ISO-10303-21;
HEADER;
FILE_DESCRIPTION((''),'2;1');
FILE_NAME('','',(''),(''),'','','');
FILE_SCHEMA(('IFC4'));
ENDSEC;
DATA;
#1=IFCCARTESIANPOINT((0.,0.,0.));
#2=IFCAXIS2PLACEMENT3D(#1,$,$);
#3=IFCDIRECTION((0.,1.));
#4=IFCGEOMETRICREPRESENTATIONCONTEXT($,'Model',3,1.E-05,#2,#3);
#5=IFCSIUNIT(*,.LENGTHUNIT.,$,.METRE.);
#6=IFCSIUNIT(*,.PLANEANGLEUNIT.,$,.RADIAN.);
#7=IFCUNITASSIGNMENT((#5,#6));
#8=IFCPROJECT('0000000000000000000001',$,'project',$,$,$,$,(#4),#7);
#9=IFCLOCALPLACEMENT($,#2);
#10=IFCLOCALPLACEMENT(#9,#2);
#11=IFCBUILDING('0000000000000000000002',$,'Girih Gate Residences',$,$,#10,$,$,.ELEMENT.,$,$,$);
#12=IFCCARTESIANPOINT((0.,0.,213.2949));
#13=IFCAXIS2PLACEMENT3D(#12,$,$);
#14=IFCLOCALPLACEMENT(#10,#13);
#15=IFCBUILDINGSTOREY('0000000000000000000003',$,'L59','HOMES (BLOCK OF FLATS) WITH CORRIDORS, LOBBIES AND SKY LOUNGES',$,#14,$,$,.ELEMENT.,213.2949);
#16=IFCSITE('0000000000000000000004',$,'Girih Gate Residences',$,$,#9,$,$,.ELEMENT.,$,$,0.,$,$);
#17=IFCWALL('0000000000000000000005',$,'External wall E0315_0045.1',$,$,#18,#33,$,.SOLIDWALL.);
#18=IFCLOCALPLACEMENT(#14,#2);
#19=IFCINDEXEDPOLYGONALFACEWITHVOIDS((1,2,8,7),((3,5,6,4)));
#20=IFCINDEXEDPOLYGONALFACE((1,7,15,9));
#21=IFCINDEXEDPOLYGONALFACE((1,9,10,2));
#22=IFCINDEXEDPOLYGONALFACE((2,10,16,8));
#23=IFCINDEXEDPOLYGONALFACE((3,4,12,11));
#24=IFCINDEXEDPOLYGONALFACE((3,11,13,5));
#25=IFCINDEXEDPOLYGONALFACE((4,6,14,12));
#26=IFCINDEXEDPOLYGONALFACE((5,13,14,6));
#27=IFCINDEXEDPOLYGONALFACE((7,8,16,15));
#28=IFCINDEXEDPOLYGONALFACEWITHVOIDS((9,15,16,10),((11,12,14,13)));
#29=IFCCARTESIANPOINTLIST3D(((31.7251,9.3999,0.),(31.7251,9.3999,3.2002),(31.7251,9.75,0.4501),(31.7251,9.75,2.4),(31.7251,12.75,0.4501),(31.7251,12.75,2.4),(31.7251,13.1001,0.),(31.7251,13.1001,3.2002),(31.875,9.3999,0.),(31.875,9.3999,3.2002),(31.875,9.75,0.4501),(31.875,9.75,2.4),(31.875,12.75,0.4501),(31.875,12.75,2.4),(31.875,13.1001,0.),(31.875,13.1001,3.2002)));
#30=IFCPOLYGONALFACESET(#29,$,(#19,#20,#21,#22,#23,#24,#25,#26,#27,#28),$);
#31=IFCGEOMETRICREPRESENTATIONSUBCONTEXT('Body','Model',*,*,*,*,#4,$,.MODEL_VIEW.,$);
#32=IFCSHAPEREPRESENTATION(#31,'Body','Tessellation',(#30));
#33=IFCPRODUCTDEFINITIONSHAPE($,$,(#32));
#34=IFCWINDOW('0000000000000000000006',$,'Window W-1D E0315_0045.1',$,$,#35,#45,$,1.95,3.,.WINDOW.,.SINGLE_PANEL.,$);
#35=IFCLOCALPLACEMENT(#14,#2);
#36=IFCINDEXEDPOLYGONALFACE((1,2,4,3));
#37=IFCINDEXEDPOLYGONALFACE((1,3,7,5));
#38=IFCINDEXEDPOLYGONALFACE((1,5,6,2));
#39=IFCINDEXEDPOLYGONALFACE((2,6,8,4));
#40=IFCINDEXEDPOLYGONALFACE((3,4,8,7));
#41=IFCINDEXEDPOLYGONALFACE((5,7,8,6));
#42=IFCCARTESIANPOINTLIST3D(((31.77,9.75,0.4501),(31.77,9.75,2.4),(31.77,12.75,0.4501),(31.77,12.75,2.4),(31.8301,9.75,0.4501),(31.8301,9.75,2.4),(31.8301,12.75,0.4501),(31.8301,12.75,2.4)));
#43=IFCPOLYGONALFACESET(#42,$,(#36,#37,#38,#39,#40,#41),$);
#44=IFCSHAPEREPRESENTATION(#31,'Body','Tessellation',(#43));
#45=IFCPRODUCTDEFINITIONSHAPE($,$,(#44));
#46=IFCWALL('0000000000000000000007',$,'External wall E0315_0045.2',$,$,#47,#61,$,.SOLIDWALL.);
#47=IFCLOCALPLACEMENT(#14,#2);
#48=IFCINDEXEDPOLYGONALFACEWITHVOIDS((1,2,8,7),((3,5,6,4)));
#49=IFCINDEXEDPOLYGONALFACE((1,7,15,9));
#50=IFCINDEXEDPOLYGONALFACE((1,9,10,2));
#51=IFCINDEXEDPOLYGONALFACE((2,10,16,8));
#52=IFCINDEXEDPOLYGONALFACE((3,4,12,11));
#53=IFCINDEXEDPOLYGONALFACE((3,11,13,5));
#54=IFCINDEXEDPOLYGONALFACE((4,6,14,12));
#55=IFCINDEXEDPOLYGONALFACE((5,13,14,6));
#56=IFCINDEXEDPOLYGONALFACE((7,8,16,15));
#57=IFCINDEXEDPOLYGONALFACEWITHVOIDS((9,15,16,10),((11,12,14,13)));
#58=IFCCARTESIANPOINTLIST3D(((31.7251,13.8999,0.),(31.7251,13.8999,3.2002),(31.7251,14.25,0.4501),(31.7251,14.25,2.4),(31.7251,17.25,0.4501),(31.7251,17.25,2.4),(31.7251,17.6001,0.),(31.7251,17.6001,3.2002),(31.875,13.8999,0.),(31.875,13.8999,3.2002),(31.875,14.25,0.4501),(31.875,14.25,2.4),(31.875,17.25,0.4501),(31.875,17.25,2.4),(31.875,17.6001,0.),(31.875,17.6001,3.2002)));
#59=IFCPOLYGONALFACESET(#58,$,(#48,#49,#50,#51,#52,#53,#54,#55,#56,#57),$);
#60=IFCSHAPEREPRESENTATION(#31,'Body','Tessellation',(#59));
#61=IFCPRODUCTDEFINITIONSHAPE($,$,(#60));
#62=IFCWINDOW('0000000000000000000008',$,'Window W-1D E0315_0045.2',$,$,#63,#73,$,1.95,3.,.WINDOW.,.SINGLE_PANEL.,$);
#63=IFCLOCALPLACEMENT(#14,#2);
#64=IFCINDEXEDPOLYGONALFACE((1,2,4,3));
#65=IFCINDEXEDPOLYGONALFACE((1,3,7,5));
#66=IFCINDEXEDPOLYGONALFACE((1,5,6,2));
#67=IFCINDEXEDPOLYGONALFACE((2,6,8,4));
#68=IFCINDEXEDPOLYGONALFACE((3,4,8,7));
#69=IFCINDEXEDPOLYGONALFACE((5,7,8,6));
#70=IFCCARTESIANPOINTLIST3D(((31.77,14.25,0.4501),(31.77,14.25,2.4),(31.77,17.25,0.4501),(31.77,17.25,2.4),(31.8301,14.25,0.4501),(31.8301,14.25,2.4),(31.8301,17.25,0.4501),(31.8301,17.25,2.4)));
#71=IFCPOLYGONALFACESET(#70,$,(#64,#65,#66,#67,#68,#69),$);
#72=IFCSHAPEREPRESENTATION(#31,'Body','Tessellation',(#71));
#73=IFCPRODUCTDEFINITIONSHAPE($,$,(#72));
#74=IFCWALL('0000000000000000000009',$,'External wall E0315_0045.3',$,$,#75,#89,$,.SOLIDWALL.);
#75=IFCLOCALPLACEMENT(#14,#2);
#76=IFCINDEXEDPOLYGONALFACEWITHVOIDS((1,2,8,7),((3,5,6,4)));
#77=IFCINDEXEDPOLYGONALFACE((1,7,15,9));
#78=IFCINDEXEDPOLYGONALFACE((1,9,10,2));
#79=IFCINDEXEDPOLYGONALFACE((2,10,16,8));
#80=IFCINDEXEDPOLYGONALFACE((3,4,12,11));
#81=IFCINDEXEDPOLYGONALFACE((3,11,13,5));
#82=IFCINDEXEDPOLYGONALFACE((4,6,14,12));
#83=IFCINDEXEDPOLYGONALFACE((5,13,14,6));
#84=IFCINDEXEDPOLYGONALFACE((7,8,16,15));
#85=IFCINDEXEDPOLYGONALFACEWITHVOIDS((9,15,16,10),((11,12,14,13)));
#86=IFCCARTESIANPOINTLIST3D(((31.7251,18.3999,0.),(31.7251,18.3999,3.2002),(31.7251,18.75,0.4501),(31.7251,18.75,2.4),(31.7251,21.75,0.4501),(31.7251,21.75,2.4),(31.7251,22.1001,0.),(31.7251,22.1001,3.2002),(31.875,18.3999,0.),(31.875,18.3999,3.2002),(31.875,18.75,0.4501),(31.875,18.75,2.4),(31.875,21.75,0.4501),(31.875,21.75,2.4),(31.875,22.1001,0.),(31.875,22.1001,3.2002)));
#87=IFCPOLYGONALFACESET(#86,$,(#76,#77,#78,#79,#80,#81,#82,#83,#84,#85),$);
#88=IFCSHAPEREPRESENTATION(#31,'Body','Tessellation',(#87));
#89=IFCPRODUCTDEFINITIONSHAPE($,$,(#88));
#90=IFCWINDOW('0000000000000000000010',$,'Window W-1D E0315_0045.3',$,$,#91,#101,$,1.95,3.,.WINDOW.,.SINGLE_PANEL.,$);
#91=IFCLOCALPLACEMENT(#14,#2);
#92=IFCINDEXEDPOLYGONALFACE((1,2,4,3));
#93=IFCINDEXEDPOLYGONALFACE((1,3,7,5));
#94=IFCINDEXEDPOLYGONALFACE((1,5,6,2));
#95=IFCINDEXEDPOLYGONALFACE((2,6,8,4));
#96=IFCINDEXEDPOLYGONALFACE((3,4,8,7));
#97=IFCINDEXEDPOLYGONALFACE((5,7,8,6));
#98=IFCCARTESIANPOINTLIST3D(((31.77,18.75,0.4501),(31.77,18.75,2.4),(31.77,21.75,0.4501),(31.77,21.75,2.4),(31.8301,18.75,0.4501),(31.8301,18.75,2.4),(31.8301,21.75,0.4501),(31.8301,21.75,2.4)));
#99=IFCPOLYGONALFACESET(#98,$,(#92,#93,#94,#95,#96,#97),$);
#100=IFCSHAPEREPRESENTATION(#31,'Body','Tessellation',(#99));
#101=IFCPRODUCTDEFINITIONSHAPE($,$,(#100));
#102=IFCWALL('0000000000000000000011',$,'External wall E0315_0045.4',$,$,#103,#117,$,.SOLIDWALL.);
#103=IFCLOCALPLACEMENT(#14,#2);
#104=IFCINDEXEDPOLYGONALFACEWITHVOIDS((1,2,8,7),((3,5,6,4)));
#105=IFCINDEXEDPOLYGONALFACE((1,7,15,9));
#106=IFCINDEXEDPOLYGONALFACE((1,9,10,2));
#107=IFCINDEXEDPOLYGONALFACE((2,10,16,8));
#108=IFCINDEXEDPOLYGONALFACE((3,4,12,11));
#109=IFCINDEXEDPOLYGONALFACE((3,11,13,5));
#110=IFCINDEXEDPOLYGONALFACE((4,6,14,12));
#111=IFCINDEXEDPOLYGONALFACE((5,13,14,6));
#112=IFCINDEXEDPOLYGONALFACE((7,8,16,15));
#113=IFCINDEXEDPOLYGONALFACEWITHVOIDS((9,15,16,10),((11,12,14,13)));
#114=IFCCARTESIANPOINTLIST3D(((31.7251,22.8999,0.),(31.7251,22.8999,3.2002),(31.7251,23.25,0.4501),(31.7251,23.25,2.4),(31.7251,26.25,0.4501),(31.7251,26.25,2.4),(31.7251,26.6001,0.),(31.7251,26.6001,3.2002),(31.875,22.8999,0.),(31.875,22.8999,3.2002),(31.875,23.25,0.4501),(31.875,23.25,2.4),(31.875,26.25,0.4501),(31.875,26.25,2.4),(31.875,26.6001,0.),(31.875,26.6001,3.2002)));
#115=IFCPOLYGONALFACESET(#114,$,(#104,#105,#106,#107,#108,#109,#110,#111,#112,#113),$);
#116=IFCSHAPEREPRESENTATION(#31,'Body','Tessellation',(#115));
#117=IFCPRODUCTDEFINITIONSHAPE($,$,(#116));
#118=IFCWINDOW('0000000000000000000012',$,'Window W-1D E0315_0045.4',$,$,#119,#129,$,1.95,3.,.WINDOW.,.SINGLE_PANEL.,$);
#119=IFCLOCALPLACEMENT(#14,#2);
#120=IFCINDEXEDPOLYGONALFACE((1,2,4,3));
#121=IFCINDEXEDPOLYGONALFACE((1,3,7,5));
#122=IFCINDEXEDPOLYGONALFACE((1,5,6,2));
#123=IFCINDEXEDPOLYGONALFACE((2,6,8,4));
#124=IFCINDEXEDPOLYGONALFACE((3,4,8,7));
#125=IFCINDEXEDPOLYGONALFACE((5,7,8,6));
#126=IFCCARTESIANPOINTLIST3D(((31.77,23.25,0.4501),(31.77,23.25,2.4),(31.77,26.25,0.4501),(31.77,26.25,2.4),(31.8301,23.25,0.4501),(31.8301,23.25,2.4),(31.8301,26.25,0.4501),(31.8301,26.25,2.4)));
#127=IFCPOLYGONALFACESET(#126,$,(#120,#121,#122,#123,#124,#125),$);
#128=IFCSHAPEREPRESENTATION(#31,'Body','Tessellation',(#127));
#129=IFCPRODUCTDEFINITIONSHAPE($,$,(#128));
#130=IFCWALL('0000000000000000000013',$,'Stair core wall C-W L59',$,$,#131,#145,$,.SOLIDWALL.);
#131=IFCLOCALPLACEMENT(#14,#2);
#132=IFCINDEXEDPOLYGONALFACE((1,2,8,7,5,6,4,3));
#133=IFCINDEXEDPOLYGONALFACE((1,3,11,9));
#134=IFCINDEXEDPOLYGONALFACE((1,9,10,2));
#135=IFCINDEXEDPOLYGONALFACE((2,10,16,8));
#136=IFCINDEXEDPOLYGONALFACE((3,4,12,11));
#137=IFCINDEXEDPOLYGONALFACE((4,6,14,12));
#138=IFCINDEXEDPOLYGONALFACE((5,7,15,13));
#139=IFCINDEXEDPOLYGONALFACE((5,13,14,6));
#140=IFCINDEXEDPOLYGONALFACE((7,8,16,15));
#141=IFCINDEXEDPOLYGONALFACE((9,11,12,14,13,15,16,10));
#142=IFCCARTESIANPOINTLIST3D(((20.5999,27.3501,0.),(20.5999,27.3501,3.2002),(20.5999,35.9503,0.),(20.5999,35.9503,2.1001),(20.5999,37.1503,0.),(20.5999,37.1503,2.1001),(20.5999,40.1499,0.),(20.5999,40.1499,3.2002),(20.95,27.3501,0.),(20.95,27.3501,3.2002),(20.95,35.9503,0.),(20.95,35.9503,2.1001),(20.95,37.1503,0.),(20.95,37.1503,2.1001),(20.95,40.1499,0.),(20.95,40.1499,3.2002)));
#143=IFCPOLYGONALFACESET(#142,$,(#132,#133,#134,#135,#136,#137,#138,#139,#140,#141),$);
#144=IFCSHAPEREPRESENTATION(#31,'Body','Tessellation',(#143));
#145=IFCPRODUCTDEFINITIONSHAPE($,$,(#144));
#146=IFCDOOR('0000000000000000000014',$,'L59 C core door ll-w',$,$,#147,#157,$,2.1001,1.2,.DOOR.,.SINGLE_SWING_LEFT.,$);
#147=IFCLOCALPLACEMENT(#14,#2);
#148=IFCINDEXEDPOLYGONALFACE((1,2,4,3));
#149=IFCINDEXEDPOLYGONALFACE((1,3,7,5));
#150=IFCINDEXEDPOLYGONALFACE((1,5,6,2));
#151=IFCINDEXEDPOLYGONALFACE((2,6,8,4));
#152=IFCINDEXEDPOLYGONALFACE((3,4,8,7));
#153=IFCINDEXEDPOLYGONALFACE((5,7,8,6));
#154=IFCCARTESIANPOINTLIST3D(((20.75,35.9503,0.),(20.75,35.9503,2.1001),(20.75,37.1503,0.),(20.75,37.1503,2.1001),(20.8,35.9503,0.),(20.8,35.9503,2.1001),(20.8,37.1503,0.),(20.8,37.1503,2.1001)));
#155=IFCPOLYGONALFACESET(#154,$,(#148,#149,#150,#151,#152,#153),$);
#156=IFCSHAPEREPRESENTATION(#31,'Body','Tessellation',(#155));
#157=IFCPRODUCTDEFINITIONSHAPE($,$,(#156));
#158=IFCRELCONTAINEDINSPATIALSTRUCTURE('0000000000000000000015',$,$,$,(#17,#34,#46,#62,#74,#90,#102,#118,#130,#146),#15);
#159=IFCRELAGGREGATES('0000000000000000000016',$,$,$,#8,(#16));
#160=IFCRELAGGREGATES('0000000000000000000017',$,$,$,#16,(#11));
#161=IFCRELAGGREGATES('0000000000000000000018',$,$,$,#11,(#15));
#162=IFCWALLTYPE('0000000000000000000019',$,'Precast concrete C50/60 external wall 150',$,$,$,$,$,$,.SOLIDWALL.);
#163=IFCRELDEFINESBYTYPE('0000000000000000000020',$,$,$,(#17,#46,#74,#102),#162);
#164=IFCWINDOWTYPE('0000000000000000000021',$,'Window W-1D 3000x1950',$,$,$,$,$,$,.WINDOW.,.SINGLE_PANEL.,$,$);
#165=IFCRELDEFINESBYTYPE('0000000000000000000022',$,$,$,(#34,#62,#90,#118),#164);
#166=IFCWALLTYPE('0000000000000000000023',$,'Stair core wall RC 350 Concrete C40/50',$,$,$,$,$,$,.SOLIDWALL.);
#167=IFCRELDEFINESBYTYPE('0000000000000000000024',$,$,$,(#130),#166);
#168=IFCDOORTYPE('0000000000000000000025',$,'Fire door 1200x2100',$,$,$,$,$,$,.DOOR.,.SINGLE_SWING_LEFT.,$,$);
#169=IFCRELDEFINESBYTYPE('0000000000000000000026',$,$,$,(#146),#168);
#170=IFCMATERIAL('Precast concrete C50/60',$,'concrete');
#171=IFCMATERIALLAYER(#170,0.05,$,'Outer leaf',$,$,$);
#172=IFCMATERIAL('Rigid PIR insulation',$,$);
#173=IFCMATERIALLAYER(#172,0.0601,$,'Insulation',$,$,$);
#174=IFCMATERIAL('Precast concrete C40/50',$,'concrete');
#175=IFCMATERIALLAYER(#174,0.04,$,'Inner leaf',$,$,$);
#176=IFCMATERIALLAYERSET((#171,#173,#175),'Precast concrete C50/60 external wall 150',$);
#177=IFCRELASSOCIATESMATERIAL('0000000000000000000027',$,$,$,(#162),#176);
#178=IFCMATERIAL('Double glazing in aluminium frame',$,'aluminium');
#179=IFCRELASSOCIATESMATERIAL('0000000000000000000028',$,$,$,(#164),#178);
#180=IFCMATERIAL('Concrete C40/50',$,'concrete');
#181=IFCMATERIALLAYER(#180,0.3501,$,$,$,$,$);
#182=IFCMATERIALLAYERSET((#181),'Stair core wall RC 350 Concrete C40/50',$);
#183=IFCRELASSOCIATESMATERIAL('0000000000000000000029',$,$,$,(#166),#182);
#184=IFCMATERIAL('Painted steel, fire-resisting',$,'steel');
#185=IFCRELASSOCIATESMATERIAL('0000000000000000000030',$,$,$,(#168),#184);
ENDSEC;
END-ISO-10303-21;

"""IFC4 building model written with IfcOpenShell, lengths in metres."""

from ifc_helpers import new_model, si_unit, direction, frame, frame_2d, origin, place, context, subcontext, project, spatial, rectangle, extrude, material, layer, layer_set, type_object, element, fill, save


model = new_model("IFC4")

# Units and contexts
model_context = context("Model", 3, precision=1e-05, world=origin(), true_north=direction((0.0, 1.0)))
body_context = subcontext(model_context, "Body", "Model", "MODEL_VIEW")
ifc_project = project(units=[si_unit("LENGTHUNIT", "METRE"), si_unit("PLANEANGLEUNIT", "RADIAN")], contexts=[model_context])

# Site, building, storey
site_placement = place(None, origin())
site = spatial("IfcSite", under=ifc_project, at=site_placement, Name="Girih Gate Residences", CompositionType="ELEMENT", RefElevation=0.0)
building_placement = place(site_placement, origin())
building = spatial("IfcBuilding", under=site, at=building_placement, Name="Girih Gate Residences", CompositionType="ELEMENT")
storey_placement = place(building_placement, frame((0.0, 0.0, 213.2949)))
storey = spatial("IfcBuildingStorey", under=building, at=storey_placement, Name="L59", Description="HOMES (BLOCK OF FLATS) WITH CORRIDORS, LOBBIES AND SKY LOUNGES", CompositionType="ELEMENT", Elevation=213.2949)

# Walls, openings, windows
ifc_material_1 = material(Name="Precast concrete C50/60", Category="concrete")
ifc_layer_1 = layer(ifc_material_1, 0.05, Name="Outer leaf")
ifc_material_2 = material(Name="Rigid PIR insulation")
ifc_layer_2 = layer(ifc_material_2, 0.0601, Name="Insulation")
ifc_material_3 = material(Name="Precast concrete C40/50", Category="concrete")
ifc_layer_3 = layer(ifc_material_3, 0.04, Name="Inner leaf")
ifc_layer_set_1 = layer_set([ifc_layer_1, ifc_layer_2, ifc_layer_3], Name="Precast concrete C50/60 external wall 150")
wall_type_1 = type_object("IfcWallType", Name="Precast concrete C50/60 external wall 150", PredefinedType="SOLIDWALL", material=ifc_layer_set_1)
wall_1_placement = place(storey_placement, frame((31.8, 13.1001, 0.0), z_axis=(0.0, 0.0, 1.0), x_axis=(0.0, -1.0, 0.0)))
wall_1 = element("IfcWall", 1, at=wall_1_placement, inside=storey, type_object=wall_type_1, Name="External wall E0315_0045.1", PredefinedType="SOLIDWALL", context=body_context, shape_type="SweptSolid", body=[
    extrude(rectangle(XDim=3.7002, YDim=0.1499, at=frame_2d((1.8501, 0.0))), origin(), (0.0, 0.0, 1.0), 3.2002),
])
opening_1_placement = place(wall_1_placement, frame((0.3501, 0.0, 0.45)))
opening_1 = element("IfcOpeningElement", 2, at=opening_1_placement, cuts=wall_1, PredefinedType="OPENING", context=body_context, shape_type="SweptSolid", body=[
    extrude(rectangle(XDim=3.0, YDim=1.95, at=frame_2d((1.5, 0.9751))), frame((0.0, 0.085, 0.0), z_axis=(0.0, -1.0, 0.0), x_axis=(1.0, 0.0, 0.0)), (0.0, 0.0, 1.0), 0.1699),
])
ifc_material_4 = material(Name="Double glazing in aluminium frame", Category="aluminium")
window_type = type_object("IfcWindowType", Name="Window W-1D 3000x1950", PartitioningType="SINGLE_PANEL", PredefinedType="WINDOW", material=ifc_material_4)
window_1_placement = place(opening_1_placement, origin())
window_1 = element("IfcWindow", 3, at=window_1_placement, inside=storey, type_object=window_type, Name="Window W-1D E0315_0045.1", OverallHeight=1.95, OverallWidth=3.0, PartitioningType="SINGLE_PANEL", PredefinedType="WINDOW", context=body_context, shape_type="SweptSolid", body=[
    extrude(rectangle(XDim=3.0, YDim=1.95, at=frame_2d((1.5, 0.9751))), frame((0.0, 0.03, 0.0), z_axis=(0.0, -1.0, 0.0), x_axis=(1.0, 0.0, 0.0)), (0.0, 0.0, 1.0), 0.0601),
])
fill(opening_1, window_1)
wall_2_placement = place(storey_placement, frame((31.8, 17.6001, 0.0), z_axis=(0.0, 0.0, 1.0), x_axis=(0.0, -1.0, 0.0)))
wall_2 = element("IfcWall", 4, at=wall_2_placement, inside=storey, type_object=wall_type_1, Name="External wall E0315_0045.2", PredefinedType="SOLIDWALL", context=body_context, shape_type="SweptSolid", body=[
    extrude(rectangle(XDim=3.7002, YDim=0.1499, at=frame_2d((1.8501, 0.0))), origin(), (0.0, 0.0, 1.0), 3.2002),
])
opening_2_placement = place(wall_2_placement, frame((0.3501, 0.0, 0.45)))
opening_2 = element("IfcOpeningElement", 5, at=opening_2_placement, cuts=wall_2, PredefinedType="OPENING", context=body_context, shape_type="SweptSolid", body=[
    extrude(rectangle(XDim=3.0, YDim=1.95, at=frame_2d((1.5, 0.9751))), frame((0.0, 0.085, 0.0), z_axis=(0.0, -1.0, 0.0), x_axis=(1.0, 0.0, 0.0)), (0.0, 0.0, 1.0), 0.1699),
])
window_2_placement = place(opening_2_placement, origin())
window_2 = element("IfcWindow", 6, at=window_2_placement, inside=storey, type_object=window_type, Name="Window W-1D E0315_0045.2", OverallHeight=1.95, OverallWidth=3.0, PartitioningType="SINGLE_PANEL", PredefinedType="WINDOW", context=body_context, shape_type="SweptSolid", body=[
    extrude(rectangle(XDim=3.0, YDim=1.95, at=frame_2d((1.5, 0.9751))), frame((0.0, 0.03, 0.0), z_axis=(0.0, -1.0, 0.0), x_axis=(1.0, 0.0, 0.0)), (0.0, 0.0, 1.0), 0.0601),
])
fill(opening_2, window_2)
wall_3_placement = place(storey_placement, frame((31.8, 22.1001, 0.0), z_axis=(0.0, 0.0, 1.0), x_axis=(0.0, -1.0, 0.0)))
wall_3 = element("IfcWall", 7, at=wall_3_placement, inside=storey, type_object=wall_type_1, Name="External wall E0315_0045.3", PredefinedType="SOLIDWALL", context=body_context, shape_type="SweptSolid", body=[
    extrude(rectangle(XDim=3.7002, YDim=0.1499, at=frame_2d((1.8501, 0.0))), origin(), (0.0, 0.0, 1.0), 3.2002),
])
opening_3_placement = place(wall_3_placement, frame((0.3501, 0.0, 0.45)))
opening_3 = element("IfcOpeningElement", 8, at=opening_3_placement, cuts=wall_3, PredefinedType="OPENING", context=body_context, shape_type="SweptSolid", body=[
    extrude(rectangle(XDim=3.0, YDim=1.95, at=frame_2d((1.5, 0.9751))), frame((0.0, 0.085, 0.0), z_axis=(0.0, -1.0, 0.0), x_axis=(1.0, 0.0, 0.0)), (0.0, 0.0, 1.0), 0.1699),
])
window_3_placement = place(opening_3_placement, origin())
window_3 = element("IfcWindow", 9, at=window_3_placement, inside=storey, type_object=window_type, Name="Window W-1D E0315_0045.3", OverallHeight=1.95, OverallWidth=3.0, PartitioningType="SINGLE_PANEL", PredefinedType="WINDOW", context=body_context, shape_type="SweptSolid", body=[
    extrude(rectangle(XDim=3.0, YDim=1.95, at=frame_2d((1.5, 0.9751))), frame((0.0, 0.03, 0.0), z_axis=(0.0, -1.0, 0.0), x_axis=(1.0, 0.0, 0.0)), (0.0, 0.0, 1.0), 0.0601),
])
fill(opening_3, window_3)
wall_4_placement = place(storey_placement, frame((31.8, 26.6001, 0.0), z_axis=(0.0, 0.0, 1.0), x_axis=(0.0, -1.0, 0.0)))
wall_4 = element("IfcWall", 10, at=wall_4_placement, inside=storey, type_object=wall_type_1, Name="External wall E0315_0045.4", PredefinedType="SOLIDWALL", context=body_context, shape_type="SweptSolid", body=[
    extrude(rectangle(XDim=3.7002, YDim=0.1499, at=frame_2d((1.8501, 0.0))), origin(), (0.0, 0.0, 1.0), 3.2002),
])
opening_4_placement = place(wall_4_placement, frame((0.3501, 0.0, 0.45)))
opening_4 = element("IfcOpeningElement", 11, at=opening_4_placement, cuts=wall_4, PredefinedType="OPENING", context=body_context, shape_type="SweptSolid", body=[
    extrude(rectangle(XDim=3.0, YDim=1.95, at=frame_2d((1.5, 0.9751))), frame((0.0, 0.085, 0.0), z_axis=(0.0, -1.0, 0.0), x_axis=(1.0, 0.0, 0.0)), (0.0, 0.0, 1.0), 0.1699),
])
window_4_placement = place(opening_4_placement, origin())
window_4 = element("IfcWindow", 12, at=window_4_placement, inside=storey, type_object=window_type, Name="Window W-1D E0315_0045.4", OverallHeight=1.95, OverallWidth=3.0, PartitioningType="SINGLE_PANEL", PredefinedType="WINDOW", context=body_context, shape_type="SweptSolid", body=[
    extrude(rectangle(XDim=3.0, YDim=1.95, at=frame_2d((1.5, 0.9751))), frame((0.0, 0.03, 0.0), z_axis=(0.0, -1.0, 0.0), x_axis=(1.0, 0.0, 0.0)), (0.0, 0.0, 1.0), 0.0601),
])
fill(opening_4, window_4)

# Wall, opening, door
ifc_material_5 = material(Name="Concrete C40/50", Category="concrete")
ifc_layer_4 = layer(ifc_material_5, 0.3501)
ifc_layer_set_2 = layer_set([ifc_layer_4], Name="Stair core wall RC 350 Concrete C40/50")
wall_type_2 = type_object("IfcWallType", Name="Stair core wall RC 350 Concrete C40/50", PredefinedType="SOLIDWALL", material=ifc_layer_set_2)
wall_5_placement = place(storey_placement, frame((20.7749, 27.3501, 0.0), z_axis=(0.0, 0.0, 1.0), x_axis=(0.0, 1.0, 0.0)))
wall_5 = element("IfcWall", 13, at=wall_5_placement, inside=storey, type_object=wall_type_2, Name="Stair core wall C-W L59", PredefinedType="SOLIDWALL", context=body_context, shape_type="SweptSolid", body=[
    extrude(rectangle(XDim=12.7998, YDim=0.3501, at=frame_2d((6.3999, 0.0))), origin(), (0.0, 0.0, 1.0), 3.2002),
])
opening_5_placement = place(wall_5_placement, frame((8.6001, 0.0, 0.0)))
opening_5 = element("IfcOpeningElement", 14, at=opening_5_placement, cuts=wall_5, PredefinedType="OPENING", context=body_context, shape_type="SweptSolid", body=[
    extrude(rectangle(XDim=1.2, YDim=2.1001, at=frame_2d((0.6001, 1.05))), frame((0.0, 0.1851, 0.0), z_axis=(0.0, -1.0, 0.0), x_axis=(1.0, 0.0, 0.0)), (0.0, 0.0, 1.0), 0.3701),
])
ifc_material_6 = material(Name="Painted steel, fire-resisting", Category="steel")
door_type_1 = type_object("IfcDoorType", Name="Fire door 1200x2100", OperationType="SINGLE_SWING_LEFT", PredefinedType="DOOR", material=ifc_material_6)
door_1_placement = place(opening_5_placement, origin())
door_1 = element("IfcDoor", 15, at=door_1_placement, inside=storey, type_object=door_type_1, Name="L59 C core door ll-w", OperationType="SINGLE_SWING_LEFT", OverallHeight=2.1001, OverallWidth=1.2, PredefinedType="DOOR", context=body_context, shape_type="SweptSolid", body=[
    extrude(rectangle(XDim=1.2, YDim=2.1001, at=frame_2d((0.6001, 1.05))), frame((0.0, 0.0249, 0.0), z_axis=(0.0, -1.0, 0.0), x_axis=(1.0, 0.0, 0.0)), (0.0, 0.0, 1.0), 0.05),
])
fill(opening_5, door_1)

save(model, "model.ifc")
